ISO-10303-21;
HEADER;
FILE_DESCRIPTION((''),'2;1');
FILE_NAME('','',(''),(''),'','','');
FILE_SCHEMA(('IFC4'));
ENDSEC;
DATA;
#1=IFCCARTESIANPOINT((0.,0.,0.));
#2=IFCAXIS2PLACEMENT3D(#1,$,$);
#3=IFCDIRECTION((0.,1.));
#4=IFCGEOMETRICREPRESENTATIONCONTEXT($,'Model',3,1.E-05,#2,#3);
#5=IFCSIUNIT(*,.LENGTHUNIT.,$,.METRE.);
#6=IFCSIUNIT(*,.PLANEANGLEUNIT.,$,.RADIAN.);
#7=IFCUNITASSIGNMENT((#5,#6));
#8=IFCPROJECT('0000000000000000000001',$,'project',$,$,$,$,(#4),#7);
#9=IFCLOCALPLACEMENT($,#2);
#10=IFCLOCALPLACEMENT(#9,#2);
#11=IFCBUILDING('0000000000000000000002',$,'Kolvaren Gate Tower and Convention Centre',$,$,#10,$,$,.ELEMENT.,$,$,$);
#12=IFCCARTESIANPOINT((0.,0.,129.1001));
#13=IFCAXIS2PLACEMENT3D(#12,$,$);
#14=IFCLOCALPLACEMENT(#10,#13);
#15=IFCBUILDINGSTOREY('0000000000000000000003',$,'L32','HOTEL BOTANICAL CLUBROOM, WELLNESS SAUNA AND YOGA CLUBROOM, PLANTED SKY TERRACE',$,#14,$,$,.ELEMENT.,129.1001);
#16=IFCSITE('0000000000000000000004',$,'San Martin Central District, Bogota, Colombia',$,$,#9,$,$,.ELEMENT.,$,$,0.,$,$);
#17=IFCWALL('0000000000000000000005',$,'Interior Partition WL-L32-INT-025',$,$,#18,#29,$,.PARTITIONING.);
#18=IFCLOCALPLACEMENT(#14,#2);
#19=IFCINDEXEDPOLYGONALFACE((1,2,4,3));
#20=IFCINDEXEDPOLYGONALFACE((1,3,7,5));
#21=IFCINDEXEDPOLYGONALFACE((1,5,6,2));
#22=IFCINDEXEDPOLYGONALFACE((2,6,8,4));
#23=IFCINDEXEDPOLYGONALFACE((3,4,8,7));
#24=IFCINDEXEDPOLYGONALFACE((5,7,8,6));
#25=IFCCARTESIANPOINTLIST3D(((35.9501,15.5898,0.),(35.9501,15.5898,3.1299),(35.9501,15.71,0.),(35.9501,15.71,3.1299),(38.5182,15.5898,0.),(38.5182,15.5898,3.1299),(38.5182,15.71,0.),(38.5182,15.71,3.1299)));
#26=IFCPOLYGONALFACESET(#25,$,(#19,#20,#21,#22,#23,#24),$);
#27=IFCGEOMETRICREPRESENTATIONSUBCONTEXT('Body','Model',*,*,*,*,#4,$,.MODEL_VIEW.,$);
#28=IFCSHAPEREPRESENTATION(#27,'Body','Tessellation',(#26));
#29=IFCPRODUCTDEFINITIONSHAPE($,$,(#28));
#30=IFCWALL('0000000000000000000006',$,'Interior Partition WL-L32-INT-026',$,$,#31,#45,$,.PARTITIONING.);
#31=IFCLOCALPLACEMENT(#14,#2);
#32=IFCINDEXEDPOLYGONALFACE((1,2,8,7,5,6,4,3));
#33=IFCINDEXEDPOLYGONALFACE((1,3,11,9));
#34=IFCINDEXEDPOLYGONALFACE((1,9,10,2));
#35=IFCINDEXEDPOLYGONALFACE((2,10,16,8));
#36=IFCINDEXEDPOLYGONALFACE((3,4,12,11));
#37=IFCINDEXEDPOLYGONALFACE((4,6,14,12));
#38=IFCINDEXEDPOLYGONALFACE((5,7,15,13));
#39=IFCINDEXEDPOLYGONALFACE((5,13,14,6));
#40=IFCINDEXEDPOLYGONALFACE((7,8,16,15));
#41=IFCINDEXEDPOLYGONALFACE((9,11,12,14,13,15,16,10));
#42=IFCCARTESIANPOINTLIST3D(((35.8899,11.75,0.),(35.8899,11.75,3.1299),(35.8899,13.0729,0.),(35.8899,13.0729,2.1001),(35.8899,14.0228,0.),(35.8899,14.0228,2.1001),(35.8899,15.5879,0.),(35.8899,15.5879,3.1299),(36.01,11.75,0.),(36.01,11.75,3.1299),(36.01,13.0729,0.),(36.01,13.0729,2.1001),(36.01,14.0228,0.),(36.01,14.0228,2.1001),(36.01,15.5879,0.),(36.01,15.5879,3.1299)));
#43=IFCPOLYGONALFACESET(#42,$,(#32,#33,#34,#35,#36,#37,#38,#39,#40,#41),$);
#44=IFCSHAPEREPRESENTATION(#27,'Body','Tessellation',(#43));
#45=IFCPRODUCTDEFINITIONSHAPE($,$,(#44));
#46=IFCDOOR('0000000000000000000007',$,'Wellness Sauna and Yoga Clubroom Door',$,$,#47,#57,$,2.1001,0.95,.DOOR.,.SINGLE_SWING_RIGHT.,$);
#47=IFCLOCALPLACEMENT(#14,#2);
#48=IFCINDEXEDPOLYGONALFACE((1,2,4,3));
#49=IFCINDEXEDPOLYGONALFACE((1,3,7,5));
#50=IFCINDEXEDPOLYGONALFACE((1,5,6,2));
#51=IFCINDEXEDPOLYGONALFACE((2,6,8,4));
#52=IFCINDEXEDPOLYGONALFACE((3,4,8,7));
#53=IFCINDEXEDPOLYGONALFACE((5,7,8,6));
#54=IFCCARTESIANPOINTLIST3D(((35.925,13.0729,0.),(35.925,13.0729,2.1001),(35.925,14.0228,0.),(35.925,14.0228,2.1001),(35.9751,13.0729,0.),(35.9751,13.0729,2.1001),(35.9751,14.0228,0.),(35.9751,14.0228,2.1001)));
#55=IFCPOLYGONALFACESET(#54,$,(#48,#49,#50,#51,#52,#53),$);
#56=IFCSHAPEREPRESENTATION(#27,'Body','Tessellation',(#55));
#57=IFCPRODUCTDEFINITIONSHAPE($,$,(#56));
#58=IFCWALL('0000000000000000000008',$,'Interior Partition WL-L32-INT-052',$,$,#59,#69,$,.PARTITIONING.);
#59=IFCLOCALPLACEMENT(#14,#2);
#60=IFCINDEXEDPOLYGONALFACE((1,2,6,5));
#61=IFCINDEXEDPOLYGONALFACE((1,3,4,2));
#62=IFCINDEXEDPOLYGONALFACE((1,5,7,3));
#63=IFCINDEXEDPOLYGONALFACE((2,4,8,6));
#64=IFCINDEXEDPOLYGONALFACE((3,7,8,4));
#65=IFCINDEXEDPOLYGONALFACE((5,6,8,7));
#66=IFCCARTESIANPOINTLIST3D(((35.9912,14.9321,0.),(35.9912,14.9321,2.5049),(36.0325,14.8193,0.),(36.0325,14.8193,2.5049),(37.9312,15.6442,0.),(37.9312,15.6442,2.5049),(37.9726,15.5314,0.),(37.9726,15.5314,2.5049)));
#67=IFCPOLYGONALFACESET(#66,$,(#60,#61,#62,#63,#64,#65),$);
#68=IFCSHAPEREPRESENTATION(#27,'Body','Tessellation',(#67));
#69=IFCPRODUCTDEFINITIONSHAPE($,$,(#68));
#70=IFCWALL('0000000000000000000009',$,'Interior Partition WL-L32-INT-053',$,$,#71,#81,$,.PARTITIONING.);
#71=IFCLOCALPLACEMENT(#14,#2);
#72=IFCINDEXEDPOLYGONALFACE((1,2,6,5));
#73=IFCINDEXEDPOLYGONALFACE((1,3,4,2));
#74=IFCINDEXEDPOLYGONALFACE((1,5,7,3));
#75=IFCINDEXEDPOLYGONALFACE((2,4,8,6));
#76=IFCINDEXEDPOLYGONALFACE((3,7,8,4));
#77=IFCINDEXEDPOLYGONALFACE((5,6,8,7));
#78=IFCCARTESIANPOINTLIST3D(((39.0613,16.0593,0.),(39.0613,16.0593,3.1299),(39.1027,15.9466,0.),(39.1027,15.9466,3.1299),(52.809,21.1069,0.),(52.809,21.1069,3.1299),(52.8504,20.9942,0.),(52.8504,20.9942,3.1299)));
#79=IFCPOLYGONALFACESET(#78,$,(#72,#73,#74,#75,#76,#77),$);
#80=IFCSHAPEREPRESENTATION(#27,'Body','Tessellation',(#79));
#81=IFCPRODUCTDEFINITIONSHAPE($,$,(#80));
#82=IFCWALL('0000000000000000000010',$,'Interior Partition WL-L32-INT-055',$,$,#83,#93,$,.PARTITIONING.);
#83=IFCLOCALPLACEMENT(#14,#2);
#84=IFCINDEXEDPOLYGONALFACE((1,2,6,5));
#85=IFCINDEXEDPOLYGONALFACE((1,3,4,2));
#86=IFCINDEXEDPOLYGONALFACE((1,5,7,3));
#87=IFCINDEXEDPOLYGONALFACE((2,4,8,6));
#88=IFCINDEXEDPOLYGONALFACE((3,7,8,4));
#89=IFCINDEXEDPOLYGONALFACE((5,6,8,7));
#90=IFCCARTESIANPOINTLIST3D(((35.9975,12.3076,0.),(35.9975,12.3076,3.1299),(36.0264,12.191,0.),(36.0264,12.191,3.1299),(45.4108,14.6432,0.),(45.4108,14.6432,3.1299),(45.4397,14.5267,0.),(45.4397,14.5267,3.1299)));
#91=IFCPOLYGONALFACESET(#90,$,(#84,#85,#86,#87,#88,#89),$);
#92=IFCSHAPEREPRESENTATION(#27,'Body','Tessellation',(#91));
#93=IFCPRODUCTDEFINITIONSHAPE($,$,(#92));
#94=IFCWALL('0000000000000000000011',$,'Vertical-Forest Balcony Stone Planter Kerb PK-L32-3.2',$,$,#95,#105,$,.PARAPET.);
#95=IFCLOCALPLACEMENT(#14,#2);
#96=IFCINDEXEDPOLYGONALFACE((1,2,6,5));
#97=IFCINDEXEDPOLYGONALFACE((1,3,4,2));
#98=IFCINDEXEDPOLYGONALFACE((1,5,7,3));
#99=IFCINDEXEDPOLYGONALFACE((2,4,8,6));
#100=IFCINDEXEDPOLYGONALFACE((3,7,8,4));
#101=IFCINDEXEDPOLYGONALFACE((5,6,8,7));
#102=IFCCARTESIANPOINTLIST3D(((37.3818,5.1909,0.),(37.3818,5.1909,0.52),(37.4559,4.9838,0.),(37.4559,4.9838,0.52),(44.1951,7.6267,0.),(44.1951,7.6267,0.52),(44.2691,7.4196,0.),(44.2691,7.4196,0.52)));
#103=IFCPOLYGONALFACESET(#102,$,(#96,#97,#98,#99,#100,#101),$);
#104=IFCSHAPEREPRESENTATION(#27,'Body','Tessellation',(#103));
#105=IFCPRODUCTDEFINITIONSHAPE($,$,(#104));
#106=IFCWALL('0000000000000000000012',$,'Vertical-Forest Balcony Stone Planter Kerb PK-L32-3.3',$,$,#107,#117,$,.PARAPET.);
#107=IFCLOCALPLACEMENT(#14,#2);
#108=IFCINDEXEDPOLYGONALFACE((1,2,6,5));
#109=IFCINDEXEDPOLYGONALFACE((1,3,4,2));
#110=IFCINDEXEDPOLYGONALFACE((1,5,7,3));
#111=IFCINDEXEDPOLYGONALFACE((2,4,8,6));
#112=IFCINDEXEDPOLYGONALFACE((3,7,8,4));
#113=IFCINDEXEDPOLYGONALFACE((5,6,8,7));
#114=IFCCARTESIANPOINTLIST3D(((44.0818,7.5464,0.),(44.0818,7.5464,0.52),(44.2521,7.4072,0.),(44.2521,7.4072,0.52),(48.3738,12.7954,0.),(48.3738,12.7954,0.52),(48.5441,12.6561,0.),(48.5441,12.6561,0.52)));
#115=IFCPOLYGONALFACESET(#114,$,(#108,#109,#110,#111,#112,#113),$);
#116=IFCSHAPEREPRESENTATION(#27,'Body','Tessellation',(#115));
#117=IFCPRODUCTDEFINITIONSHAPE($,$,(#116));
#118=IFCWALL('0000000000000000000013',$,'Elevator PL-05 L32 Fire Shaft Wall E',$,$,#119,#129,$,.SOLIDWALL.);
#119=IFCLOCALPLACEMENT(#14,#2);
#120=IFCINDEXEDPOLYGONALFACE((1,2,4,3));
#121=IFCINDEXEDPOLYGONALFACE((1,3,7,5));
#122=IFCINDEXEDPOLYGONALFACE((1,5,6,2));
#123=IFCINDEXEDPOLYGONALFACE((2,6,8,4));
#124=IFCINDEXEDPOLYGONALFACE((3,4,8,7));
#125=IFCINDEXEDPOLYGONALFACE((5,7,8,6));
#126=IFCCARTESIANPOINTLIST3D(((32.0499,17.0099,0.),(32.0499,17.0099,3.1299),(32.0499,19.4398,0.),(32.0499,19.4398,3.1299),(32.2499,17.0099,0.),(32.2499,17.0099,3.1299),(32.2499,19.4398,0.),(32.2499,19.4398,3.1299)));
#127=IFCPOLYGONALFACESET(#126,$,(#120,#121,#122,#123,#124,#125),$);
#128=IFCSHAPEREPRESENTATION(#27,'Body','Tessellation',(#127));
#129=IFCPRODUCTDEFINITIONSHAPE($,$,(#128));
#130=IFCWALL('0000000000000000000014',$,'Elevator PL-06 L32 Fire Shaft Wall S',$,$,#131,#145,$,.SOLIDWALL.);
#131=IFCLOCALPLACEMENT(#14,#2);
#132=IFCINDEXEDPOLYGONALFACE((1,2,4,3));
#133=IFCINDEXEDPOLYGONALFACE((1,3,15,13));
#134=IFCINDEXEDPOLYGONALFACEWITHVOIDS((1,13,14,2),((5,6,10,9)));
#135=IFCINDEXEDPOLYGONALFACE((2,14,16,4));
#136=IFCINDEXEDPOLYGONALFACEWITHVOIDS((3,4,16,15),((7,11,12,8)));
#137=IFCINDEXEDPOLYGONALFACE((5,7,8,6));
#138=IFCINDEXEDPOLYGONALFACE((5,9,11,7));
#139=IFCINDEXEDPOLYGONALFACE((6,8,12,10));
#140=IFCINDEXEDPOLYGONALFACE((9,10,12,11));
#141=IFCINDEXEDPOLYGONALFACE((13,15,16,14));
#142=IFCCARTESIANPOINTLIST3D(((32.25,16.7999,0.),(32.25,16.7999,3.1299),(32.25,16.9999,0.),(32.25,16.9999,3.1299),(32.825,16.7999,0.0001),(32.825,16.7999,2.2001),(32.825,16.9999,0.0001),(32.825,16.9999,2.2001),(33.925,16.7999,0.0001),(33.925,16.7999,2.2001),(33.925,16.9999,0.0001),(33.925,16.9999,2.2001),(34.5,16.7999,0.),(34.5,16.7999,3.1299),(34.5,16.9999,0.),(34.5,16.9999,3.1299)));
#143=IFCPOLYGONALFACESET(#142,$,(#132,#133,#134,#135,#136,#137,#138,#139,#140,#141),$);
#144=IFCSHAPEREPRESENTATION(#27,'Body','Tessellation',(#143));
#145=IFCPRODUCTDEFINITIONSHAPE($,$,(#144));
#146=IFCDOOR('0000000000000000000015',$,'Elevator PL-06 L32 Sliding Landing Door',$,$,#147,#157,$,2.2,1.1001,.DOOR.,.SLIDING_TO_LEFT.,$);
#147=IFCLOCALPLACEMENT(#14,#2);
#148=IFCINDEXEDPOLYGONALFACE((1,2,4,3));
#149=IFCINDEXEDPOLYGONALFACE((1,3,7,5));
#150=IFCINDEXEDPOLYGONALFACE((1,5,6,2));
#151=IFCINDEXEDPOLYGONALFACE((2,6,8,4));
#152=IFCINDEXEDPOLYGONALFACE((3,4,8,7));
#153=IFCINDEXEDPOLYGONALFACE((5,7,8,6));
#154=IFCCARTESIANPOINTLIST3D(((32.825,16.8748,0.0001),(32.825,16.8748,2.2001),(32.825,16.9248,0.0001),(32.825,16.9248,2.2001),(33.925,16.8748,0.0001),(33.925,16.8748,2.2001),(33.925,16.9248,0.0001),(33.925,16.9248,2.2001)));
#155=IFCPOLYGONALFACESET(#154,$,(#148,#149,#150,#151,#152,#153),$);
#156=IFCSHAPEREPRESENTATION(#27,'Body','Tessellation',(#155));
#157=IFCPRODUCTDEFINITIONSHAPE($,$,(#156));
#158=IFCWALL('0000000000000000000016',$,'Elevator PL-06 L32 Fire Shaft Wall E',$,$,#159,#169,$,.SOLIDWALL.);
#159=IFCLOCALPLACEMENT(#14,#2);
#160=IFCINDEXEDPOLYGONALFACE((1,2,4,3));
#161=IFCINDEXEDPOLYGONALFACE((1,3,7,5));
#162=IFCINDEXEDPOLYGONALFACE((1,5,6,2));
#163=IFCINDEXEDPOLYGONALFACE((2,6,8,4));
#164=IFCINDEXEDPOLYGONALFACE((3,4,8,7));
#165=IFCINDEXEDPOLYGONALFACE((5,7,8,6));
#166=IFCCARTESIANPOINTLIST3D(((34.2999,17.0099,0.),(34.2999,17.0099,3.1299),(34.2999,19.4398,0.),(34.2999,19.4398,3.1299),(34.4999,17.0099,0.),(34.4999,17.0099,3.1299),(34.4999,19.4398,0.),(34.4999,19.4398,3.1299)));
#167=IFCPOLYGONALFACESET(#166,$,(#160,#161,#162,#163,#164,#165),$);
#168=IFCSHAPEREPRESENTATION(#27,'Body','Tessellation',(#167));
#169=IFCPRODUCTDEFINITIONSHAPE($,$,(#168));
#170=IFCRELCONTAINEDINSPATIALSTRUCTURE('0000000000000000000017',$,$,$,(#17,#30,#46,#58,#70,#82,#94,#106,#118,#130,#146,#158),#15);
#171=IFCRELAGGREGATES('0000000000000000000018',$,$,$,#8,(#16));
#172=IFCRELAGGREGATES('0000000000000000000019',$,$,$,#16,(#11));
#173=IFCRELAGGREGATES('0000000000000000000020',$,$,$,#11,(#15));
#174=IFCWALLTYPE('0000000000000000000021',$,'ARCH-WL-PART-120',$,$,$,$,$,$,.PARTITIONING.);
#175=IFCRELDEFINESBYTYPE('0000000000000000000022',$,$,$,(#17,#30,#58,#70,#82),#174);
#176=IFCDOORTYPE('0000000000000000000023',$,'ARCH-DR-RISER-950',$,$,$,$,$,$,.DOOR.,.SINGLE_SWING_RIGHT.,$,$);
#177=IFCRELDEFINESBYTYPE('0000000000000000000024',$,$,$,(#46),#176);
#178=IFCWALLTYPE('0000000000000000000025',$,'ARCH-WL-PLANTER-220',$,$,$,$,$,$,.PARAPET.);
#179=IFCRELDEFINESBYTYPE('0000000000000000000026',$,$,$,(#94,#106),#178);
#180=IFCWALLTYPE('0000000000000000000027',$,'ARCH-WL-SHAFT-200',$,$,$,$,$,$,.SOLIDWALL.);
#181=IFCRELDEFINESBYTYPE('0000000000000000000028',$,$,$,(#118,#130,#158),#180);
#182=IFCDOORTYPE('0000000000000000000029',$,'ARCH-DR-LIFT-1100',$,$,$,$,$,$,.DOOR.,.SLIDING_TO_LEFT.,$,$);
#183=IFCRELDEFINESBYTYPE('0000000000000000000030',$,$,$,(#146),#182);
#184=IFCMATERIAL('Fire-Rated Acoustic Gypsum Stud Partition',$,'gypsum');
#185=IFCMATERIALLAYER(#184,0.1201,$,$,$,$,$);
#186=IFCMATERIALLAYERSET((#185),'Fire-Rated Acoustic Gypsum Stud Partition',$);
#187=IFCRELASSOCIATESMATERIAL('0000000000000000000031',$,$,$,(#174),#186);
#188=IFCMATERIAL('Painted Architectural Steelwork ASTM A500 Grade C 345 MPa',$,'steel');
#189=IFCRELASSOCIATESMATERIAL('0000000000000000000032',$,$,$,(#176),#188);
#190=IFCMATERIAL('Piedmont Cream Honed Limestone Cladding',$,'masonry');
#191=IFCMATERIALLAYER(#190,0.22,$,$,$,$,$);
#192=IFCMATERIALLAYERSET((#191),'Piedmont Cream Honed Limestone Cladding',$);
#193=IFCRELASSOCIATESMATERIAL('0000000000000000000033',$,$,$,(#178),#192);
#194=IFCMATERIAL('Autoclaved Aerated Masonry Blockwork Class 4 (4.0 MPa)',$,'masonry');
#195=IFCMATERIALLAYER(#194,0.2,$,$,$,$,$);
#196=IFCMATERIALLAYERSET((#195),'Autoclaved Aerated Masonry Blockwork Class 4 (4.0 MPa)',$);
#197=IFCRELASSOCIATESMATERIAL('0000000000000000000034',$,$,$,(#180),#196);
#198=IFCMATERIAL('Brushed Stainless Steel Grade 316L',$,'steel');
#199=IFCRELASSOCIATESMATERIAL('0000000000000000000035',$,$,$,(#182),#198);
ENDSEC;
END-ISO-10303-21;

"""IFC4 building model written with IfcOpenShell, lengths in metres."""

from ifc_helpers import new_model, si_unit, direction, frame, frame_2d, origin, place, context, subcontext, project, spatial, rectangle, extrude, material, layer, layer_set, type_object, element, fill, save


model = new_model("IFC4")

# Units and contexts
model_context = context("Model", 3, precision=1e-05, world=origin(), true_north=direction((0.0, 1.0)))
body_context = subcontext(model_context, "Body", "Model", "MODEL_VIEW")
ifc_project = project(units=[si_unit("LENGTHUNIT", "METRE"), si_unit("PLANEANGLEUNIT", "RADIAN")], contexts=[model_context])

# Site, building, storey
site_placement = place(None, origin())
site = spatial("IfcSite", under=ifc_project, at=site_placement, Name="San Martin Central District, Bogota, Colombia", CompositionType="ELEMENT", RefElevation=0.0)
building_placement = place(site_placement, origin())
building = spatial("IfcBuilding", under=site, at=building_placement, Name="Kolvaren Gate Tower and Convention Centre", CompositionType="ELEMENT")
storey_placement = place(building_placement, frame((0.0, 0.0, 129.1001)))
storey = spatial("IfcBuildingStorey", under=building, at=storey_placement, Name="L32", Description="HOTEL BOTANICAL CLUBROOM, WELLNESS SAUNA AND YOGA CLUBROOM, PLANTED SKY TERRACE", CompositionType="ELEMENT", Elevation=129.1001)

# Wall
ifc_material_1 = material(Name="Fire-Rated Acoustic Gypsum Stud Partition", Category="gypsum")
ifc_layer_1 = layer(ifc_material_1, 0.1201)
ifc_layer_set_1 = layer_set([ifc_layer_1], Name="Fire-Rated Acoustic Gypsum Stud Partition")
wall_type_1 = type_object("IfcWallType", Name="ARCH-WL-PART-120", PredefinedType="PARTITIONING", material=ifc_layer_set_1)
wall_1_placement = place(storey_placement, frame((35.95, 15.6499, 0.0), z_axis=(0.0, 0.0, 1.0), x_axis=(1.0, 0.0, 0.0)))
element("IfcWall", 1, at=wall_1_placement, inside=storey, type_object=wall_type_1, Name="Interior Partition WL-L32-INT-025", PredefinedType="PARTITIONING", context=body_context, shape_type="SweptSolid", body=[
    extrude(rectangle(XDim=2.5681, YDim=0.1201, at=frame_2d((1.2842, 0.0))), origin(), (0.0, 0.0, 1.0), 3.1299),
])

# Wall, opening, door
wall_2_placement = place(storey_placement, frame((35.95, 11.75, 0.0), z_axis=(0.0, 0.0, 1.0), x_axis=(0.0, 1.0, 0.0)))
wall_2 = element("IfcWall", 2, at=wall_2_placement, inside=storey, type_object=wall_type_1, Name="Interior Partition WL-L32-INT-026", PredefinedType="PARTITIONING", context=body_context, shape_type="SweptSolid", body=[
    extrude(rectangle(XDim=3.8379, YDim=0.1201, at=frame_2d((1.9189, 0.0))), origin(), (0.0, 0.0, 1.0), 3.1299),
])
opening_1_placement = place(wall_2_placement, frame((1.3228, 0.0, 0.0)))
opening_1 = element("IfcOpeningElement", 3, at=opening_1_placement, cuts=wall_2, PredefinedType="OPENING", context=body_context, shape_type="SweptSolid", body=[
    extrude(rectangle(XDim=0.95, YDim=2.1001, at=frame_2d((0.4751, 1.05))), frame((0.0, 0.0701, 0.0), z_axis=(0.0, -1.0, 0.0), x_axis=(1.0, 0.0, 0.0)), (0.0, 0.0, 1.0), 0.1401),
])
ifc_material_2 = material(Name="Painted Architectural Steelwork ASTM A500 Grade C 345 MPa", Category="steel")
door_type_1 = type_object("IfcDoorType", Name="ARCH-DR-RISER-950", OperationType="SINGLE_SWING_RIGHT", PredefinedType="DOOR", material=ifc_material_2)
door_1_placement = place(opening_1_placement, origin())
door_1 = element("IfcDoor", 4, at=door_1_placement, inside=storey, type_object=door_type_1, Name="Wellness Sauna and Yoga Clubroom Door", OperationType="SINGLE_SWING_RIGHT", OverallHeight=2.1001, OverallWidth=0.95, PredefinedType="DOOR", context=body_context, shape_type="SweptSolid", body=[
    extrude(rectangle(XDim=0.95, YDim=2.1001, at=frame_2d((0.4751, 1.05))), frame((0.0, 0.0249, 0.0), z_axis=(0.0, -1.0, 0.0), x_axis=(1.0, 0.0, 0.0)), (0.0, 0.0, 1.0), 0.05),
])
fill(opening_1, door_1)

# Walls
wall_3_placement = place(storey_placement, frame((36.012, 14.8757, 0.0), z_axis=(0.0, 0.0, 1.0), x_axis=(0.938758, 0.344577, 0.0)))
element("IfcWall", 5, at=wall_3_placement, inside=storey, type_object=wall_type_1, Name="Interior Partition WL-L32-INT-052", PredefinedType="PARTITIONING", context=body_context, shape_type="SweptSolid", body=[
    extrude(rectangle(XDim=2.0667, YDim=0.1201, at=frame_2d((1.0332, 0.0))), origin(), (0.0, 0.0, 1.0), 2.5049),
])
wall_4_placement = place(storey_placement, frame((39.082, 16.0029, 0.0), z_axis=(0.0, 0.0, 1.0), x_axis=(0.938725, 0.344666, 0.0)))
element("IfcWall", 6, at=wall_4_placement, inside=storey, type_object=wall_type_1, Name="Interior Partition WL-L32-INT-053", PredefinedType="PARTITIONING", context=body_context, shape_type="SweptSolid", body=[
    extrude(rectangle(XDim=14.645, YDim=0.1201, at=frame_2d((7.3225, 0.0))), origin(), (0.0, 0.0, 1.0), 3.1299),
])
wall_5_placement = place(storey_placement, frame((36.012, 12.2493, 0.0), z_axis=(0.0, 0.0, 1.0), x_axis=(0.970569, 0.240824, 0.0)))
element("IfcWall", 7, at=wall_5_placement, inside=storey, type_object=wall_type_1, Name="Interior Partition WL-L32-INT-055", PredefinedType="PARTITIONING", context=body_context, shape_type="SweptSolid", body=[
    extrude(rectangle(XDim=9.6987, YDim=0.1201, at=frame_2d((4.8494, 0.0))), origin(), (0.0, 0.0, 1.0), 3.1299),
])
ifc_material_3 = material(Name="Piedmont Cream Honed Limestone Cladding", Category="masonry")
ifc_layer_2 = layer(ifc_material_3, 0.22)
ifc_layer_set_2 = layer_set([ifc_layer_2], Name="Piedmont Cream Honed Limestone Cladding")
wall_type_2 = type_object("IfcWallType", Name="ARCH-WL-PLANTER-220", PredefinedType="PARAPET", material=ifc_layer_set_2)
wall_6_placement = place(storey_placement, frame((37.4189, 5.0874, 0.0), z_axis=(0.0, 0.0, 1.0), x_axis=(0.941633, 0.336642, 0.0)))
element("IfcWall", 8, at=wall_6_placement, inside=storey, type_object=wall_type_2, Name="Vertical-Forest Balcony Stone Planter Kerb PK-L32-3.2", PredefinedType="PARAPET", context=body_context, shape_type="SweptSolid", body=[
    extrude(rectangle(XDim=7.2356, YDim=0.22, at=frame_2d((3.6177, 0.0))), origin(), (0.0, 0.0, 1.0), 0.52),
])
wall_7_placement = place(storey_placement, frame((44.167, 7.4768, 0.0), z_axis=(0.0, 0.0, 1.0), x_axis=(0.633002, 0.77415, 0.0)))
element("IfcWall", 9, at=wall_7_placement, inside=storey, type_object=wall_type_2, Name="Vertical-Forest Balcony Stone Planter Kerb PK-L32-3.3", PredefinedType="PARAPET", context=body_context, shape_type="SweptSolid", body=[
    extrude(rectangle(XDim=6.7803, YDim=0.22, at=frame_2d((3.3901, 0.0))), origin(), (0.0, 0.0, 1.0), 0.52),
])
ifc_material_4 = material(Name="Autoclaved Aerated Masonry Blockwork Class 4 (4.0 MPa)", Category="masonry")
ifc_layer_3 = layer(ifc_material_4, 0.2)
ifc_layer_set_3 = layer_set([ifc_layer_3], Name="Autoclaved Aerated Masonry Blockwork Class 4 (4.0 MPa)")
wall_type_3 = type_object("IfcWallType", Name="ARCH-WL-SHAFT-200", PredefinedType="SOLIDWALL", material=ifc_layer_set_3)
wall_8_placement = place(storey_placement, frame((32.1499, 17.01, 0.0), z_axis=(0.0, 0.0, 1.0), x_axis=(0.0, 1.0, 0.0)))
element("IfcWall", 10, at=wall_8_placement, inside=storey, type_object=wall_type_3, Name="Elevator PL-05 L32 Fire Shaft Wall E", PredefinedType="SOLIDWALL", context=body_context, shape_type="SweptSolid", body=[
    extrude(rectangle(XDim=2.4299, YDim=0.2, at=frame_2d((1.2148, 0.0))), origin(), (0.0, 0.0, 1.0), 3.1299),
])

# Wall, opening, door
wall_9_placement = place(storey_placement, frame((32.25, 16.8999, 0.0), z_axis=(0.0, 0.0, 1.0), x_axis=(1.0, 0.0, 0.0)))
wall_9 = element("IfcWall", 11, at=wall_9_placement, inside=storey, type_object=wall_type_3, Name="Elevator PL-06 L32 Fire Shaft Wall S", PredefinedType="SOLIDWALL", context=body_context, shape_type="SweptSolid", body=[
    extrude(rectangle(XDim=2.25, YDim=0.2, at=frame_2d((1.125, 0.0))), origin(), (0.0, 0.0, 1.0), 3.1299),
])
opening_2_placement = place(wall_9_placement, frame((0.575, 0.0, 0.0)))
opening_2 = element("IfcOpeningElement", 12, at=opening_2_placement, cuts=wall_9, PredefinedType="OPENING", context=body_context, shape_type="SweptSolid", body=[
    extrude(rectangle(XDim=1.1001, YDim=2.2, at=frame_2d((0.55, 1.1001))), frame((0.0, 0.1099, 0.0), z_axis=(0.0, -1.0, 0.0), x_axis=(1.0, 0.0, 0.0)), (0.0, 0.0, 1.0), 0.22),
])
ifc_material_5 = material(Name="Brushed Stainless Steel Grade 316L", Category="steel")
door_type_2 = type_object("IfcDoorType", Name="ARCH-DR-LIFT-1100", OperationType="SLIDING_TO_LEFT", PredefinedType="DOOR", material=ifc_material_5)
door_2_placement = place(opening_2_placement, origin())
door_2 = element("IfcDoor", 13, at=door_2_placement, inside=storey, type_object=door_type_2, Name="Elevator PL-06 L32 Sliding Landing Door", OperationType="SLIDING_TO_LEFT", OverallHeight=2.2, OverallWidth=1.1001, PredefinedType="DOOR", context=body_context, shape_type="SweptSolid", body=[
    extrude(rectangle(XDim=1.1001, YDim=2.2, at=frame_2d((0.55, 1.1001))), frame((0.0, 0.0249, 0.0), z_axis=(0.0, -1.0, 0.0), x_axis=(1.0, 0.0, 0.0)), (0.0, 0.0, 1.0), 0.05),
])
fill(opening_2, door_2)

# Wall
wall_10_placement = place(storey_placement, frame((34.3999, 17.01, 0.0), z_axis=(0.0, 0.0, 1.0), x_axis=(0.0, 1.0, 0.0)))
element("IfcWall", 14, at=wall_10_placement, inside=storey, type_object=wall_type_3, Name="Elevator PL-06 L32 Fire Shaft Wall E", PredefinedType="SOLIDWALL", context=body_context, shape_type="SweptSolid", body=[
    extrude(rectangle(XDim=2.4299, YDim=0.2, at=frame_2d((1.2148, 0.0))), origin(), (0.0, 0.0, 1.0), 3.1299),
])

save(model, "model.ifc")
